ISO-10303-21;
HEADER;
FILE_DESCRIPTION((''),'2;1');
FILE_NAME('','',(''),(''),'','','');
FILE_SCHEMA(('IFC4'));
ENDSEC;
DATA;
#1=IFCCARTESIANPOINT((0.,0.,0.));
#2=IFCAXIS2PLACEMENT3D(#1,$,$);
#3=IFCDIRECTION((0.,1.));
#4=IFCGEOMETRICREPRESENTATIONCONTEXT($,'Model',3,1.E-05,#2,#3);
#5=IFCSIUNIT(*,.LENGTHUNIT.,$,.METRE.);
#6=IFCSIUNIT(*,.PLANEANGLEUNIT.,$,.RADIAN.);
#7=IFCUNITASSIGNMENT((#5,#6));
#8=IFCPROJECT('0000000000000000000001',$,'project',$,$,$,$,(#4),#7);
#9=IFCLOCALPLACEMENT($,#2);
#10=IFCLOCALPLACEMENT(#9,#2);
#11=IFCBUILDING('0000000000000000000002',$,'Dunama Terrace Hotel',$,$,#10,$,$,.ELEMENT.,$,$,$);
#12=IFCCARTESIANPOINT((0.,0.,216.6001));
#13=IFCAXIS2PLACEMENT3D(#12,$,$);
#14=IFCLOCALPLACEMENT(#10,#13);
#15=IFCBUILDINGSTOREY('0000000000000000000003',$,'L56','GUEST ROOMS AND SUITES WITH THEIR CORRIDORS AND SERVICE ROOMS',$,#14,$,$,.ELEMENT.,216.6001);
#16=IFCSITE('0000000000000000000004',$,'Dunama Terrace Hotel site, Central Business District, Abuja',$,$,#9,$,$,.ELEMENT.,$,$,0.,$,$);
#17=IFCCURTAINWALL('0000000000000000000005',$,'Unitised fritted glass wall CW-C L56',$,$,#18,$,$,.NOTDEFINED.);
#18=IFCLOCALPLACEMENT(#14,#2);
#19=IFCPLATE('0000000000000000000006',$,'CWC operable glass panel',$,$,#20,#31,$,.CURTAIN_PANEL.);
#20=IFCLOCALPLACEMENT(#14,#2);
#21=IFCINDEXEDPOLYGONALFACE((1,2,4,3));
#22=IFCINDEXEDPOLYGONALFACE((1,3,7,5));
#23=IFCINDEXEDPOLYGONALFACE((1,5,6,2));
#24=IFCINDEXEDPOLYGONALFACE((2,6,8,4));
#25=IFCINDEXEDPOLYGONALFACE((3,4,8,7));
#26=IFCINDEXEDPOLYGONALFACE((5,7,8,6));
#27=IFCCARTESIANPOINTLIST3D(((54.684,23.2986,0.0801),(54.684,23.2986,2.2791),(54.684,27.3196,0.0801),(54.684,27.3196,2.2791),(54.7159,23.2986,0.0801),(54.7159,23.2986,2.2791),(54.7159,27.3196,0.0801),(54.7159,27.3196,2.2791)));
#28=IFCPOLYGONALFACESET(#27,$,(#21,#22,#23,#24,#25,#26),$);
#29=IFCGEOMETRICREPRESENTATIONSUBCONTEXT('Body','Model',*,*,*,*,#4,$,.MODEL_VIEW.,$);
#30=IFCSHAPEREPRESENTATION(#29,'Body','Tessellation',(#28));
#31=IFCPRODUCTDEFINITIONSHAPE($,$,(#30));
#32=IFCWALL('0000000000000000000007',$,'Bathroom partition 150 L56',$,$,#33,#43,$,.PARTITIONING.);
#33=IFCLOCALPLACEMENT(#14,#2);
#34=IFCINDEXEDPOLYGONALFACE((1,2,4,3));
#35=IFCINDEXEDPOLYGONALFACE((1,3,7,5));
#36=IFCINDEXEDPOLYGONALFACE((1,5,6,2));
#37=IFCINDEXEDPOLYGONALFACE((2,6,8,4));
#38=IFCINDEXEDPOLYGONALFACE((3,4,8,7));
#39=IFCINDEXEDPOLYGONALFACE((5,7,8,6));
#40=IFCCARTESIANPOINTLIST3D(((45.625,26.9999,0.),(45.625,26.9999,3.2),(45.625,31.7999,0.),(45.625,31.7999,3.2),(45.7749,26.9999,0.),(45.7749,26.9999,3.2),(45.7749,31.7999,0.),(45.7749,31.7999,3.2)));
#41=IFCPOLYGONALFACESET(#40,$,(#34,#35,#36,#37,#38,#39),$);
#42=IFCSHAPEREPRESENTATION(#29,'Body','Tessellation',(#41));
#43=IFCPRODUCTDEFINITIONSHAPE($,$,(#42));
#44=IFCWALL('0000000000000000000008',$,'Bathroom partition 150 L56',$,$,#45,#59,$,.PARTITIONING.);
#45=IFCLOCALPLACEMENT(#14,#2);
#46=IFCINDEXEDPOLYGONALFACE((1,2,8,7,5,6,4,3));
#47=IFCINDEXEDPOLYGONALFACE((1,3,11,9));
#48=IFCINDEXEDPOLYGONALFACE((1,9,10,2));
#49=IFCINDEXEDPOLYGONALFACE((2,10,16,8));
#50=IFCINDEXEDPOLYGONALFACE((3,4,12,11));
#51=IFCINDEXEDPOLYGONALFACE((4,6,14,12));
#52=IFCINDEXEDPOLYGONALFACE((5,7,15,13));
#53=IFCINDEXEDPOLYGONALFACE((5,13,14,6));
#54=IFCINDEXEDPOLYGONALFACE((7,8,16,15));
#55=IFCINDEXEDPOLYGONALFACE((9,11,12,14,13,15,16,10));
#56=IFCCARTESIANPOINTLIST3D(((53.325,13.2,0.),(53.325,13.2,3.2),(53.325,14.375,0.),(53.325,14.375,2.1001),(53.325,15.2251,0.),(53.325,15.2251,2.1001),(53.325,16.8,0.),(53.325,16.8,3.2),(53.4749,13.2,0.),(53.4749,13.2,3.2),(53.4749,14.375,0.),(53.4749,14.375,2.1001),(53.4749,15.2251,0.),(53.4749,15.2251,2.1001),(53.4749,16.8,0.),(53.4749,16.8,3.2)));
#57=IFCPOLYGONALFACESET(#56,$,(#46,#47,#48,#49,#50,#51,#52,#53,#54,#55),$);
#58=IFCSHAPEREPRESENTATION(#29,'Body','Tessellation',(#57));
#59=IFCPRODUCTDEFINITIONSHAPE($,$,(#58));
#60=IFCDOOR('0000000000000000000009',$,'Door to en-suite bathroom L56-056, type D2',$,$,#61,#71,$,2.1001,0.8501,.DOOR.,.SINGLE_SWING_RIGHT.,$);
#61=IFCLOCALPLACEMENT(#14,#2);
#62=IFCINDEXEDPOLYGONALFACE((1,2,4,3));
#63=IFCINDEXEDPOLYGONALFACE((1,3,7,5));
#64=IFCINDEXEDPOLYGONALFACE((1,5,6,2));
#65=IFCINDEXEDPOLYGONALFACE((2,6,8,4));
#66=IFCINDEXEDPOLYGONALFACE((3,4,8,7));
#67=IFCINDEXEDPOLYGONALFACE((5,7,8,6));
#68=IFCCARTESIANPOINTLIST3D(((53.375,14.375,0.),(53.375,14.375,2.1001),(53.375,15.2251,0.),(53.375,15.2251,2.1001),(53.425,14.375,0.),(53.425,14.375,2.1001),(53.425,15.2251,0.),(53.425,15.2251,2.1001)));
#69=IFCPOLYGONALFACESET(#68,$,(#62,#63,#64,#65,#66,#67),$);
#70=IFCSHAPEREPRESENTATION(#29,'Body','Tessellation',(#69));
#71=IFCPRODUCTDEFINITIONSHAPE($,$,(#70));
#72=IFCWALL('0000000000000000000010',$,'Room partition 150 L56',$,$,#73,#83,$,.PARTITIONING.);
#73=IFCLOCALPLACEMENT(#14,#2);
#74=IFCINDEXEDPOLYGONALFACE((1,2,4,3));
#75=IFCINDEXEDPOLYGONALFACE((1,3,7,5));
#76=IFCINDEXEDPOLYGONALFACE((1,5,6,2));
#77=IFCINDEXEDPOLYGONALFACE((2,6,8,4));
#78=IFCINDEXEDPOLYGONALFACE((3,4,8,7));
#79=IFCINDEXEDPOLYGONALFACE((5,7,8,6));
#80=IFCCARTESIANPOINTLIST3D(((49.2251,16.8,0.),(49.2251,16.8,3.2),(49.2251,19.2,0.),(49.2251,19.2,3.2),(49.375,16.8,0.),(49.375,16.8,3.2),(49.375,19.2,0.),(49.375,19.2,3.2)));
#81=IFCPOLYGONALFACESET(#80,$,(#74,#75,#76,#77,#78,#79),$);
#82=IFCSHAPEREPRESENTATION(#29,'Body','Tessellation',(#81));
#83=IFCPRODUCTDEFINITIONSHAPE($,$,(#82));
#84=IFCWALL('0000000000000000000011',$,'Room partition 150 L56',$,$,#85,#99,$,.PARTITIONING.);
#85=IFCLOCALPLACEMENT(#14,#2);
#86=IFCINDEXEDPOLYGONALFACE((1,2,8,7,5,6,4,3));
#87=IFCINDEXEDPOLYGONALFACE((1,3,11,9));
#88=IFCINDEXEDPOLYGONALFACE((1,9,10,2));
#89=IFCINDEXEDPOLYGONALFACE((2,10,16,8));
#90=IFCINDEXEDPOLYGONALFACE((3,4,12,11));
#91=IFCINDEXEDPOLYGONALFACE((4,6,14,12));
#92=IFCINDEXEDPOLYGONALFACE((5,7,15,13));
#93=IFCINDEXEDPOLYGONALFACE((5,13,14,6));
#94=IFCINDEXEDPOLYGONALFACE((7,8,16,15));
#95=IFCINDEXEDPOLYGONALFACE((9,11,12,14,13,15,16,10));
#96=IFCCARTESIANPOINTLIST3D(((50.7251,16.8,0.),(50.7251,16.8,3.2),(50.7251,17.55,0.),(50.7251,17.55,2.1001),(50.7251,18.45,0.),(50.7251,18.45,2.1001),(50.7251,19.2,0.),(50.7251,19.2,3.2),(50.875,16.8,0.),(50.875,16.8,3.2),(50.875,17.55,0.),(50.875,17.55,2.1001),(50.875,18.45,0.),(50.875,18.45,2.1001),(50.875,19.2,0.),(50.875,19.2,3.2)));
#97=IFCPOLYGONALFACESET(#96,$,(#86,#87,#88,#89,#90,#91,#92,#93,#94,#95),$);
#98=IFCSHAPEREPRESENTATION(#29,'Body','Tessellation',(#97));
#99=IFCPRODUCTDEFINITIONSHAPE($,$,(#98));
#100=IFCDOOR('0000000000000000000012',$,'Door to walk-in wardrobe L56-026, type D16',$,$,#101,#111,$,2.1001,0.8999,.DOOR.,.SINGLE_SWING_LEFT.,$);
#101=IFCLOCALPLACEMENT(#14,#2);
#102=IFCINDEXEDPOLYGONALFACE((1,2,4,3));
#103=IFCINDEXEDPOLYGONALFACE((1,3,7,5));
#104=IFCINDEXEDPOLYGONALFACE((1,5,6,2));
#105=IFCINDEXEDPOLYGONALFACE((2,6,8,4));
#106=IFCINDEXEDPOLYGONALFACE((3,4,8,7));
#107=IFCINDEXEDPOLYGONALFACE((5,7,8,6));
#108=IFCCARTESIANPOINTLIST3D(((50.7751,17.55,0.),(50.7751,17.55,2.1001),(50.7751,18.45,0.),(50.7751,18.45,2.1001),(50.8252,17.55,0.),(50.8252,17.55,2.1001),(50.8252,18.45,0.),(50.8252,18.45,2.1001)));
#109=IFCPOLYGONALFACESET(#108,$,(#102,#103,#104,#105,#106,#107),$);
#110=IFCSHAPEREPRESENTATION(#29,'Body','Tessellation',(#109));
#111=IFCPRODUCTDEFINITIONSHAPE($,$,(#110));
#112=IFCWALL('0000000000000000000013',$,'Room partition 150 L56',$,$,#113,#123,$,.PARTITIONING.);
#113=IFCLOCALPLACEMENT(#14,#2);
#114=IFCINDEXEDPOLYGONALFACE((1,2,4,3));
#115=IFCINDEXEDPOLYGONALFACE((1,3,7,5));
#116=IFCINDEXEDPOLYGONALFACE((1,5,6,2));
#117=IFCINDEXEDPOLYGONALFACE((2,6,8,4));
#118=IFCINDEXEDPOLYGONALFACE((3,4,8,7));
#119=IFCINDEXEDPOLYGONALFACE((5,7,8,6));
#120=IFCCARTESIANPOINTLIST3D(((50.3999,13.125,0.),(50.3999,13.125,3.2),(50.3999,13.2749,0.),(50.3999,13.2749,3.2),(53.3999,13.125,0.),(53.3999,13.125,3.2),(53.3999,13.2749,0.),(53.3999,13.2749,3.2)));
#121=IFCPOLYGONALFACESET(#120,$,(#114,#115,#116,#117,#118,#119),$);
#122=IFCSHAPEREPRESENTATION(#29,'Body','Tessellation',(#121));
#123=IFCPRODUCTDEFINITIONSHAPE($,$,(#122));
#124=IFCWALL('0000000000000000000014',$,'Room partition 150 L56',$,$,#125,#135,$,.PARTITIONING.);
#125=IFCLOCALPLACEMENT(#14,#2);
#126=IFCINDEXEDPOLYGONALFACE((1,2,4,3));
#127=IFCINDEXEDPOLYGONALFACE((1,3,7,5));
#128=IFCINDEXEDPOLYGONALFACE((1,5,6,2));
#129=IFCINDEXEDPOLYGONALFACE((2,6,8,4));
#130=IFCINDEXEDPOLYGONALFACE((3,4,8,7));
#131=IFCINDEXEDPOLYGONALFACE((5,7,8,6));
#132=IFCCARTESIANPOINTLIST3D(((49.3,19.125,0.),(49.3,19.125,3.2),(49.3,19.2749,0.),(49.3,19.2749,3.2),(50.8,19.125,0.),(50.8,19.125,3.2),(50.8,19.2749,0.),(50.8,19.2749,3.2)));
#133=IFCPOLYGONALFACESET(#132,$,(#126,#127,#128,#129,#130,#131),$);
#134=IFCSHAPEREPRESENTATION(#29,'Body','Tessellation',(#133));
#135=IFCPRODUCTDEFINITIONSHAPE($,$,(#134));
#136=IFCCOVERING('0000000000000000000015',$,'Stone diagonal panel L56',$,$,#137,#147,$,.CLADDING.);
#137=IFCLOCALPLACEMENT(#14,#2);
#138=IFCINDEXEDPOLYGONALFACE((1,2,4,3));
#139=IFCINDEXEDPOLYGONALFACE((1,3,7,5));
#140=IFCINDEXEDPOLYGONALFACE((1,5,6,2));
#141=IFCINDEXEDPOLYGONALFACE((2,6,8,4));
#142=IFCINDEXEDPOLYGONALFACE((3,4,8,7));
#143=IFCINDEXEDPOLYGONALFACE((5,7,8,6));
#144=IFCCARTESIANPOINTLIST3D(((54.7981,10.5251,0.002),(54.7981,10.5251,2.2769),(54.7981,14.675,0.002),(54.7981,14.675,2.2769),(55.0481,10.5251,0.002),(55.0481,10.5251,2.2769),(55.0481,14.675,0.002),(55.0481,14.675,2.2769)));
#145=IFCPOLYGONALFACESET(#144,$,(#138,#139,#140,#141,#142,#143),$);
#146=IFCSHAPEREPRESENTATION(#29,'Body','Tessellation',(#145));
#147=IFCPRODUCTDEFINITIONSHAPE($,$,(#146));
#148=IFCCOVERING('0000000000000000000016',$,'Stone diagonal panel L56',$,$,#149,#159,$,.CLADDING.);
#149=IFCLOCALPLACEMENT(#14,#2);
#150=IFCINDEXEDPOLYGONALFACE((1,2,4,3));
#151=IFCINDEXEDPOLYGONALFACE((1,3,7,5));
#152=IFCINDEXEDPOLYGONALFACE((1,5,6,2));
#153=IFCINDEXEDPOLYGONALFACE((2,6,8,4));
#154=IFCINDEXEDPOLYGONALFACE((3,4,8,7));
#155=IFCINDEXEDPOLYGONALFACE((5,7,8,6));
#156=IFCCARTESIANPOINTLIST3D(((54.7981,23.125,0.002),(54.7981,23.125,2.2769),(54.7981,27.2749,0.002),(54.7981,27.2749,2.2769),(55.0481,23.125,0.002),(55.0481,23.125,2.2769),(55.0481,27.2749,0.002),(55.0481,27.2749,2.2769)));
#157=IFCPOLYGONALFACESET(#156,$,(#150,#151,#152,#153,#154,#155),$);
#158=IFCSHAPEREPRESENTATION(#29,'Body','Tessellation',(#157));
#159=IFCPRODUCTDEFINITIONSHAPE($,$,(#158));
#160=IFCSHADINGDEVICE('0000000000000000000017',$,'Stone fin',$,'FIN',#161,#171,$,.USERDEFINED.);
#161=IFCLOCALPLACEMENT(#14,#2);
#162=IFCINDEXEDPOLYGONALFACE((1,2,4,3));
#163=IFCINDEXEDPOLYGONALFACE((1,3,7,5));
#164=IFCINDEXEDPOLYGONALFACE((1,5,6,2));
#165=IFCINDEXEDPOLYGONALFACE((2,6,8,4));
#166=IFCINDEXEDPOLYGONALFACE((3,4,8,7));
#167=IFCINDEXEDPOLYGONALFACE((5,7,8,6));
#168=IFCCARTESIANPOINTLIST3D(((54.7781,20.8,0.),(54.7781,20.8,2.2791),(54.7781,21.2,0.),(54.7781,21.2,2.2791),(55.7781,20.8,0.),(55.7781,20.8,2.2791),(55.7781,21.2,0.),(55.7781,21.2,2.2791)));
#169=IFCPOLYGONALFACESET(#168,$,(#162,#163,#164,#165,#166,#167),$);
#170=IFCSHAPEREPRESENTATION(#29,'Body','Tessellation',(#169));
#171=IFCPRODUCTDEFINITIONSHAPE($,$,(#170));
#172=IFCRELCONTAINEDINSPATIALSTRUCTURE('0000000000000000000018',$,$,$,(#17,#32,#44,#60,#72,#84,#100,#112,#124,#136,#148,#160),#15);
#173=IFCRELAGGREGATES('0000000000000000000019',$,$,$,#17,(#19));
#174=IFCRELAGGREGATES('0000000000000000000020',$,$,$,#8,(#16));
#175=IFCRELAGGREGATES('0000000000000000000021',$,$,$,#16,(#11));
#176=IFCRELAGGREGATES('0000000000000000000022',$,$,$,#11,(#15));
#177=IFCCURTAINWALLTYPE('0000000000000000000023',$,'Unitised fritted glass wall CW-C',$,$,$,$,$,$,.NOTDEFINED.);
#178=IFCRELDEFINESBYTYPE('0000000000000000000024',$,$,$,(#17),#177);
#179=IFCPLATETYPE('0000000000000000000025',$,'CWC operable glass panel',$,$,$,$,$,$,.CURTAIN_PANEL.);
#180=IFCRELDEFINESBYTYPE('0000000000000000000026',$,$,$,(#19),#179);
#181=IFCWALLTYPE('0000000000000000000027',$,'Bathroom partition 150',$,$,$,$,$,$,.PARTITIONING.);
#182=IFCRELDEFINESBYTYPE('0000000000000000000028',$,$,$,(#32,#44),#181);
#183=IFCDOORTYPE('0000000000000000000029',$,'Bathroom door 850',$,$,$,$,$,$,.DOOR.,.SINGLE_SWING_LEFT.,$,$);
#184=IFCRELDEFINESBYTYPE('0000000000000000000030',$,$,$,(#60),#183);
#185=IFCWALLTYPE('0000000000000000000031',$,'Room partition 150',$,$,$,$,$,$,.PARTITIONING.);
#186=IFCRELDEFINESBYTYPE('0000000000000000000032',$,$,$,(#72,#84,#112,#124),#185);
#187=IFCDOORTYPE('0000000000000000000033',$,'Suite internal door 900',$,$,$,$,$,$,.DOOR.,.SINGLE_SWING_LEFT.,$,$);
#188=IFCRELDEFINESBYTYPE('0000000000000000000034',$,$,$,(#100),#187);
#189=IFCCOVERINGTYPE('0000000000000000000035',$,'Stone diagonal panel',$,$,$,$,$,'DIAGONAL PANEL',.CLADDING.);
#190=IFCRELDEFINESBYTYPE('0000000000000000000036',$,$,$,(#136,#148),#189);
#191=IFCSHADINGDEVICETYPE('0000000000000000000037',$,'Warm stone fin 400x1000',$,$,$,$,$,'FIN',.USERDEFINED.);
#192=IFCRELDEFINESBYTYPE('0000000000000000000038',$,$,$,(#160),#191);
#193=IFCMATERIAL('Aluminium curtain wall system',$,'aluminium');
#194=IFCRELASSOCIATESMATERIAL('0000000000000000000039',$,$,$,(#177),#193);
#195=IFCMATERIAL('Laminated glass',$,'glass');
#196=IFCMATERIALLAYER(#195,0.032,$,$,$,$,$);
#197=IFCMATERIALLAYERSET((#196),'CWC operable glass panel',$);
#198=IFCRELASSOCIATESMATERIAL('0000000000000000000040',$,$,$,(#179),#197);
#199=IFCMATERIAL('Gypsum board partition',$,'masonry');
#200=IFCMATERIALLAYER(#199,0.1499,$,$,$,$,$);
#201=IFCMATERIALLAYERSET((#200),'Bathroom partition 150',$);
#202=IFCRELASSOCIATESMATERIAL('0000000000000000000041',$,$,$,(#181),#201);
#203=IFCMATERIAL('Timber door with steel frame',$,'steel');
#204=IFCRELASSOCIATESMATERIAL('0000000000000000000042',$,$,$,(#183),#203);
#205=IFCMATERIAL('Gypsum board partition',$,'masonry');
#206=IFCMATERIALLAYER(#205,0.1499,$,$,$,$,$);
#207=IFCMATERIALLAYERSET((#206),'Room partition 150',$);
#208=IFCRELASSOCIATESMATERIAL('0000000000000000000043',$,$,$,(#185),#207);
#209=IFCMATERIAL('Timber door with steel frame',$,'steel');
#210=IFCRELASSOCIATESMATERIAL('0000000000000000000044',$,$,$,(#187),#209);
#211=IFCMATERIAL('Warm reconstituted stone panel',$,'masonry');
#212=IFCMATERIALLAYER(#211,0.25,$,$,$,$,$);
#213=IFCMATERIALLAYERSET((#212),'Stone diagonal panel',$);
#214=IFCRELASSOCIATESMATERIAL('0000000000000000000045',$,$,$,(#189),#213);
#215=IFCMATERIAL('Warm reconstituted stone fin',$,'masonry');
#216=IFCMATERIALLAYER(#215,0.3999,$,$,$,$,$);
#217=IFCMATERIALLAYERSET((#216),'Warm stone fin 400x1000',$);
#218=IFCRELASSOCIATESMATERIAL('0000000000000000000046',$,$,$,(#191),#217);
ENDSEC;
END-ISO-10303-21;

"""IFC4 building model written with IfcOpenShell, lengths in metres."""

from ifc_helpers import new_model, si_unit, direction, frame, frame_2d, origin, origin_2d, place, context, subcontext, project, spatial, rectangle, extrude, material, layer, layer_set, type_object, element, fill, aggregate, save


model = new_model("IFC4")

# Units and contexts
model_context = context("Model", 3, precision=1e-05, world=origin(), true_north=direction((0.0, 1.0)))
body_context = subcontext(model_context, "Body", "Model", "MODEL_VIEW")
ifc_project = project(units=[si_unit("LENGTHUNIT", "METRE"), si_unit("PLANEANGLEUNIT", "RADIAN")], contexts=[model_context])

# Site, building, storey
site_placement = place(None, origin())
site = spatial("IfcSite", under=ifc_project, at=site_placement, Name="Dunama Terrace Hotel site, Central Business District, Abuja", CompositionType="ELEMENT", RefElevation=0.0)
building_placement = place(site_placement, origin())
building = spatial("IfcBuilding", under=site, at=building_placement, Name="Dunama Terrace Hotel", CompositionType="ELEMENT")
storey_placement = place(building_placement, frame((0.0, 0.0, 216.6001)))
storey = spatial("IfcBuildingStorey", under=building, at=storey_placement, Name="L56", Description="GUEST ROOMS AND SUITES WITH THEIR CORRIDORS AND SERVICE ROOMS", CompositionType="ELEMENT", Elevation=216.6001)

# Curtain wall, plate
ifc_material_1 = material(Name="Aluminium curtain wall system", Category="aluminium")
curtain_wall_type = type_object("IfcCurtainWallType", Name="Unitised fritted glass wall CW-C", PredefinedType="NOTDEFINED", material=ifc_material_1)
curtain_wall_placement = place(storey_placement, origin())
curtain_wall = element("IfcCurtainWall", 1, at=curtain_wall_placement, inside=storey, type_object=curtain_wall_type, Name="Unitised fritted glass wall CW-C L56", PredefinedType="NOTDEFINED")
ifc_material_2 = material(Name="Laminated glass", Category="glass")
ifc_layer_1 = layer(ifc_material_2, 0.032)
ifc_layer_set_1 = layer_set([ifc_layer_1], Name="CWC operable glass panel")
plate_type_1 = type_object("IfcPlateType", Name="CWC operable glass panel", PredefinedType="CURTAIN_PANEL", material=ifc_layer_set_1)
plate_1_placement = place(storey_placement, frame((54.7, 25.3091, 0.0801), z_axis=(0.0, 0.0, 1.0), x_axis=(0.0, 1.0, 0.0)))
plate_1 = element("IfcPlate", 2, at=plate_1_placement, type_object=plate_type_1, Name="CWC operable glass panel", PredefinedType="CURTAIN_PANEL", context=body_context, shape_type="SweptSolid", body=[
    extrude(rectangle(XDim=4.021, YDim=0.032, at=origin_2d()), origin(), (0.0, 0.0, 1.0), 2.199),
])
aggregate(curtain_wall, [plate_1])

# Wall
ifc_material_3 = material(Name="Gypsum board partition", Category="masonry")
ifc_layer_2 = layer(ifc_material_3, 0.1499)
ifc_layer_set_2 = layer_set([ifc_layer_2], Name="Bathroom partition 150")
wall_type_1 = type_object("IfcWallType", Name="Bathroom partition 150", PredefinedType="PARTITIONING", material=ifc_layer_set_2)
wall_1_placement = place(storey_placement, frame((45.7, 27.0, 0.0), z_axis=(0.0, 0.0, 1.0), x_axis=(0.0, 1.0, 0.0)))
element("IfcWall", 3, at=wall_1_placement, inside=storey, type_object=wall_type_1, Name="Bathroom partition 150 L56", PredefinedType="PARTITIONING", context=body_context, shape_type="SweptSolid", body=[
    extrude(rectangle(XDim=4.8, YDim=0.1499, at=frame_2d((2.3999, 0.0))), origin(), (0.0, 0.0, 1.0), 3.2),
])

# Wall, opening, door
wall_2_placement = place(storey_placement, frame((53.3999, 13.2, 0.0), z_axis=(0.0, 0.0, 1.0), x_axis=(0.0, 1.0, 0.0)))
wall_2 = element("IfcWall", 4, at=wall_2_placement, inside=storey, type_object=wall_type_1, Name="Bathroom partition 150 L56", PredefinedType="PARTITIONING", context=body_context, shape_type="SweptSolid", body=[
    extrude(rectangle(XDim=3.6001, YDim=0.1499, at=frame_2d((1.8, 0.0))), origin(), (0.0, 0.0, 1.0), 3.2),
])
opening_1_placement = place(wall_2_placement, frame((1.175, 0.0, 0.0)))
opening_1 = element("IfcOpeningElement", 5, at=opening_1_placement, cuts=wall_2, PredefinedType="OPENING", context=body_context, shape_type="SweptSolid", body=[
    extrude(rectangle(XDim=0.8501, YDim=2.1001, at=frame_2d((0.425, 1.05))), frame((0.0, 0.085, 0.0), z_axis=(0.0, -1.0, 0.0), x_axis=(1.0, 0.0, 0.0)), (0.0, 0.0, 1.0), 0.1699),
])
ifc_material_4 = material(Name="Timber door with steel frame", Category="steel")
door_type_1 = type_object("IfcDoorType", Name="Bathroom door 850", OperationType="SINGLE_SWING_LEFT", PredefinedType="DOOR", material=ifc_material_4)
door_1_placement = place(opening_1_placement, origin())
door_1 = element("IfcDoor", 6, at=door_1_placement, inside=storey, type_object=door_type_1, Name="Door to en-suite bathroom L56-056, type D2", OperationType="SINGLE_SWING_RIGHT", OverallHeight=2.1001, OverallWidth=0.8501, PredefinedType="DOOR", context=body_context, shape_type="SweptSolid", body=[
    extrude(rectangle(XDim=0.8501, YDim=2.1001, at=frame_2d((0.425, 1.05))), frame((0.0, 0.0249, 0.0), z_axis=(0.0, -1.0, 0.0), x_axis=(1.0, 0.0, 0.0)), (0.0, 0.0, 1.0), 0.05),
])
fill(opening_1, door_1)

# Wall
ifc_material_5 = material(Name="Gypsum board partition", Category="masonry")
ifc_layer_3 = layer(ifc_material_5, 0.1499)
ifc_layer_set_3 = layer_set([ifc_layer_3], Name="Room partition 150")
wall_type_2 = type_object("IfcWallType", Name="Room partition 150", PredefinedType="PARTITIONING", material=ifc_layer_set_3)
wall_3_placement = place(storey_placement, frame((49.3, 16.8, 0.0), z_axis=(0.0, 0.0, 1.0), x_axis=(0.0, 1.0, 0.0)))
element("IfcWall", 7, at=wall_3_placement, inside=storey, type_object=wall_type_2, Name="Room partition 150 L56", PredefinedType="PARTITIONING", context=body_context, shape_type="SweptSolid", body=[
    extrude(rectangle(XDim=2.3999, YDim=0.1499, at=frame_2d((1.2, 0.0))), origin(), (0.0, 0.0, 1.0), 3.2),
])

# Wall, opening, door
wall_4_placement = place(storey_placement, frame((50.8, 16.8, 0.0), z_axis=(0.0, 0.0, 1.0), x_axis=(0.0, 1.0, 0.0)))
wall_4 = element("IfcWall", 8, at=wall_4_placement, inside=storey, type_object=wall_type_2, Name="Room partition 150 L56", PredefinedType="PARTITIONING", context=body_context, shape_type="SweptSolid", body=[
    extrude(rectangle(XDim=2.3999, YDim=0.1499, at=frame_2d((1.2, 0.0))), origin(), (0.0, 0.0, 1.0), 3.2),
])
opening_2_placement = place(wall_4_placement, frame((0.75, 0.0, 0.0)))
opening_2 = element("IfcOpeningElement", 9, at=opening_2_placement, cuts=wall_4, PredefinedType="OPENING", context=body_context, shape_type="SweptSolid", body=[
    extrude(rectangle(XDim=0.8999, YDim=2.1001, at=frame_2d((0.45, 1.05))), frame((0.0, 0.085, 0.0), z_axis=(0.0, -1.0, 0.0), x_axis=(1.0, 0.0, 0.0)), (0.0, 0.0, 1.0), 0.1699),
])
ifc_material_6 = material(Name="Timber door with steel frame", Category="steel")
door_type_2 = type_object("IfcDoorType", Name="Suite internal door 900", OperationType="SINGLE_SWING_LEFT", PredefinedType="DOOR", material=ifc_material_6)
door_2_placement = place(opening_2_placement, origin())
door_2 = element("IfcDoor", 10, at=door_2_placement, inside=storey, type_object=door_type_2, Name="Door to walk-in wardrobe L56-026, type D16", OperationType="SINGLE_SWING_LEFT", OverallHeight=2.1001, OverallWidth=0.8999, PredefinedType="DOOR", context=body_context, shape_type="SweptSolid", body=[
    extrude(rectangle(XDim=0.8999, YDim=2.1001, at=frame_2d((0.45, 1.05))), frame((0.0, 0.0249, 0.0), z_axis=(0.0, -1.0, 0.0), x_axis=(1.0, 0.0, 0.0)), (0.0, 0.0, 1.0), 0.05),
])
fill(opening_2, door_2)

# Walls
wall_5_placement = place(storey_placement, frame((50.3999, 13.2, 0.0), z_axis=(0.0, 0.0, 1.0), x_axis=(1.0, 0.0, 0.0)))
element("IfcWall", 11, at=wall_5_placement, inside=storey, type_object=wall_type_2, Name="Room partition 150 L56", PredefinedType="PARTITIONING", context=body_context, shape_type="SweptSolid", body=[
    extrude(rectangle(XDim=3.0, YDim=0.1499, at=frame_2d((1.5, 0.0))), origin(), (0.0, 0.0, 1.0), 3.2),
])
wall_6_placement = place(storey_placement, frame((49.3, 19.2, 0.0), z_axis=(0.0, 0.0, 1.0), x_axis=(1.0, 0.0, 0.0)))
element("IfcWall", 12, at=wall_6_placement, inside=storey, type_object=wall_type_2, Name="Room partition 150 L56", PredefinedType="PARTITIONING", context=body_context, shape_type="SweptSolid", body=[
    extrude(rectangle(XDim=1.5, YDim=0.1499, at=frame_2d((0.75, 0.0))), origin(), (0.0, 0.0, 1.0), 3.2),
])

# Coverings
ifc_material_7 = material(Name="Warm reconstituted stone panel", Category="masonry")
ifc_layer_4 = layer(ifc_material_7, 0.25)
ifc_layer_set_4 = layer_set([ifc_layer_4], Name="Stone diagonal panel")
covering_type = type_object("IfcCoveringType", Name="Stone diagonal panel", ElementType="DIAGONAL PANEL", PredefinedType="CLADDING", material=ifc_layer_set_4)
for number, where, z_axis, x_axis, name in (
    (13, (54.9231, 12.6001, 0.002), (0.0, 0.0, 1.0), (0.0, 1.0, 0.0), "Stone diagonal panel L56"),
    (14, (54.9231, 25.2, 0.002), (0.0, 0.0, 1.0), (0.0, 1.0, 0.0), "Stone diagonal panel L56"),
):
    element("IfcCovering", number, at=place(storey_placement, frame(where, z_axis=z_axis, x_axis=x_axis)), inside=storey, type_object=covering_type, Name=name, PredefinedType="CLADDING", context=body_context, shape_type="SweptSolid", body=[
        extrude(rectangle(XDim=4.1499, YDim=0.25, at=origin_2d()), origin(), (0.0, 0.0, 1.0), 2.2749),
    ])

# Shading device
ifc_material_8 = material(Name="Warm reconstituted stone fin", Category="masonry")
ifc_layer_5 = layer(ifc_material_8, 0.3999)
ifc_layer_set_5 = layer_set([ifc_layer_5], Name="Warm stone fin 400x1000")
shading_device_type = type_object("IfcShadingDeviceType", Name="Warm stone fin 400x1000", ElementType="FIN", PredefinedType="USERDEFINED", material=ifc_layer_set_5)
shading_device_placement = place(storey_placement, frame((55.2781, 21.0, 0.0), z_axis=(0.0, 0.0, 1.0), x_axis=(0.0, 1.0, 0.0)))
element("IfcShadingDevice", 15, at=shading_device_placement, inside=storey, type_object=shading_device_type, Name="Stone fin", ObjectType="FIN", PredefinedType="USERDEFINED", context=body_context, shape_type="SweptSolid", body=[
    extrude(rectangle(XDim=0.3999, YDim=1.0, at=origin_2d()), origin(), (0.0, 0.0, 1.0), 2.2791),
])

save(model, "model.ifc")
